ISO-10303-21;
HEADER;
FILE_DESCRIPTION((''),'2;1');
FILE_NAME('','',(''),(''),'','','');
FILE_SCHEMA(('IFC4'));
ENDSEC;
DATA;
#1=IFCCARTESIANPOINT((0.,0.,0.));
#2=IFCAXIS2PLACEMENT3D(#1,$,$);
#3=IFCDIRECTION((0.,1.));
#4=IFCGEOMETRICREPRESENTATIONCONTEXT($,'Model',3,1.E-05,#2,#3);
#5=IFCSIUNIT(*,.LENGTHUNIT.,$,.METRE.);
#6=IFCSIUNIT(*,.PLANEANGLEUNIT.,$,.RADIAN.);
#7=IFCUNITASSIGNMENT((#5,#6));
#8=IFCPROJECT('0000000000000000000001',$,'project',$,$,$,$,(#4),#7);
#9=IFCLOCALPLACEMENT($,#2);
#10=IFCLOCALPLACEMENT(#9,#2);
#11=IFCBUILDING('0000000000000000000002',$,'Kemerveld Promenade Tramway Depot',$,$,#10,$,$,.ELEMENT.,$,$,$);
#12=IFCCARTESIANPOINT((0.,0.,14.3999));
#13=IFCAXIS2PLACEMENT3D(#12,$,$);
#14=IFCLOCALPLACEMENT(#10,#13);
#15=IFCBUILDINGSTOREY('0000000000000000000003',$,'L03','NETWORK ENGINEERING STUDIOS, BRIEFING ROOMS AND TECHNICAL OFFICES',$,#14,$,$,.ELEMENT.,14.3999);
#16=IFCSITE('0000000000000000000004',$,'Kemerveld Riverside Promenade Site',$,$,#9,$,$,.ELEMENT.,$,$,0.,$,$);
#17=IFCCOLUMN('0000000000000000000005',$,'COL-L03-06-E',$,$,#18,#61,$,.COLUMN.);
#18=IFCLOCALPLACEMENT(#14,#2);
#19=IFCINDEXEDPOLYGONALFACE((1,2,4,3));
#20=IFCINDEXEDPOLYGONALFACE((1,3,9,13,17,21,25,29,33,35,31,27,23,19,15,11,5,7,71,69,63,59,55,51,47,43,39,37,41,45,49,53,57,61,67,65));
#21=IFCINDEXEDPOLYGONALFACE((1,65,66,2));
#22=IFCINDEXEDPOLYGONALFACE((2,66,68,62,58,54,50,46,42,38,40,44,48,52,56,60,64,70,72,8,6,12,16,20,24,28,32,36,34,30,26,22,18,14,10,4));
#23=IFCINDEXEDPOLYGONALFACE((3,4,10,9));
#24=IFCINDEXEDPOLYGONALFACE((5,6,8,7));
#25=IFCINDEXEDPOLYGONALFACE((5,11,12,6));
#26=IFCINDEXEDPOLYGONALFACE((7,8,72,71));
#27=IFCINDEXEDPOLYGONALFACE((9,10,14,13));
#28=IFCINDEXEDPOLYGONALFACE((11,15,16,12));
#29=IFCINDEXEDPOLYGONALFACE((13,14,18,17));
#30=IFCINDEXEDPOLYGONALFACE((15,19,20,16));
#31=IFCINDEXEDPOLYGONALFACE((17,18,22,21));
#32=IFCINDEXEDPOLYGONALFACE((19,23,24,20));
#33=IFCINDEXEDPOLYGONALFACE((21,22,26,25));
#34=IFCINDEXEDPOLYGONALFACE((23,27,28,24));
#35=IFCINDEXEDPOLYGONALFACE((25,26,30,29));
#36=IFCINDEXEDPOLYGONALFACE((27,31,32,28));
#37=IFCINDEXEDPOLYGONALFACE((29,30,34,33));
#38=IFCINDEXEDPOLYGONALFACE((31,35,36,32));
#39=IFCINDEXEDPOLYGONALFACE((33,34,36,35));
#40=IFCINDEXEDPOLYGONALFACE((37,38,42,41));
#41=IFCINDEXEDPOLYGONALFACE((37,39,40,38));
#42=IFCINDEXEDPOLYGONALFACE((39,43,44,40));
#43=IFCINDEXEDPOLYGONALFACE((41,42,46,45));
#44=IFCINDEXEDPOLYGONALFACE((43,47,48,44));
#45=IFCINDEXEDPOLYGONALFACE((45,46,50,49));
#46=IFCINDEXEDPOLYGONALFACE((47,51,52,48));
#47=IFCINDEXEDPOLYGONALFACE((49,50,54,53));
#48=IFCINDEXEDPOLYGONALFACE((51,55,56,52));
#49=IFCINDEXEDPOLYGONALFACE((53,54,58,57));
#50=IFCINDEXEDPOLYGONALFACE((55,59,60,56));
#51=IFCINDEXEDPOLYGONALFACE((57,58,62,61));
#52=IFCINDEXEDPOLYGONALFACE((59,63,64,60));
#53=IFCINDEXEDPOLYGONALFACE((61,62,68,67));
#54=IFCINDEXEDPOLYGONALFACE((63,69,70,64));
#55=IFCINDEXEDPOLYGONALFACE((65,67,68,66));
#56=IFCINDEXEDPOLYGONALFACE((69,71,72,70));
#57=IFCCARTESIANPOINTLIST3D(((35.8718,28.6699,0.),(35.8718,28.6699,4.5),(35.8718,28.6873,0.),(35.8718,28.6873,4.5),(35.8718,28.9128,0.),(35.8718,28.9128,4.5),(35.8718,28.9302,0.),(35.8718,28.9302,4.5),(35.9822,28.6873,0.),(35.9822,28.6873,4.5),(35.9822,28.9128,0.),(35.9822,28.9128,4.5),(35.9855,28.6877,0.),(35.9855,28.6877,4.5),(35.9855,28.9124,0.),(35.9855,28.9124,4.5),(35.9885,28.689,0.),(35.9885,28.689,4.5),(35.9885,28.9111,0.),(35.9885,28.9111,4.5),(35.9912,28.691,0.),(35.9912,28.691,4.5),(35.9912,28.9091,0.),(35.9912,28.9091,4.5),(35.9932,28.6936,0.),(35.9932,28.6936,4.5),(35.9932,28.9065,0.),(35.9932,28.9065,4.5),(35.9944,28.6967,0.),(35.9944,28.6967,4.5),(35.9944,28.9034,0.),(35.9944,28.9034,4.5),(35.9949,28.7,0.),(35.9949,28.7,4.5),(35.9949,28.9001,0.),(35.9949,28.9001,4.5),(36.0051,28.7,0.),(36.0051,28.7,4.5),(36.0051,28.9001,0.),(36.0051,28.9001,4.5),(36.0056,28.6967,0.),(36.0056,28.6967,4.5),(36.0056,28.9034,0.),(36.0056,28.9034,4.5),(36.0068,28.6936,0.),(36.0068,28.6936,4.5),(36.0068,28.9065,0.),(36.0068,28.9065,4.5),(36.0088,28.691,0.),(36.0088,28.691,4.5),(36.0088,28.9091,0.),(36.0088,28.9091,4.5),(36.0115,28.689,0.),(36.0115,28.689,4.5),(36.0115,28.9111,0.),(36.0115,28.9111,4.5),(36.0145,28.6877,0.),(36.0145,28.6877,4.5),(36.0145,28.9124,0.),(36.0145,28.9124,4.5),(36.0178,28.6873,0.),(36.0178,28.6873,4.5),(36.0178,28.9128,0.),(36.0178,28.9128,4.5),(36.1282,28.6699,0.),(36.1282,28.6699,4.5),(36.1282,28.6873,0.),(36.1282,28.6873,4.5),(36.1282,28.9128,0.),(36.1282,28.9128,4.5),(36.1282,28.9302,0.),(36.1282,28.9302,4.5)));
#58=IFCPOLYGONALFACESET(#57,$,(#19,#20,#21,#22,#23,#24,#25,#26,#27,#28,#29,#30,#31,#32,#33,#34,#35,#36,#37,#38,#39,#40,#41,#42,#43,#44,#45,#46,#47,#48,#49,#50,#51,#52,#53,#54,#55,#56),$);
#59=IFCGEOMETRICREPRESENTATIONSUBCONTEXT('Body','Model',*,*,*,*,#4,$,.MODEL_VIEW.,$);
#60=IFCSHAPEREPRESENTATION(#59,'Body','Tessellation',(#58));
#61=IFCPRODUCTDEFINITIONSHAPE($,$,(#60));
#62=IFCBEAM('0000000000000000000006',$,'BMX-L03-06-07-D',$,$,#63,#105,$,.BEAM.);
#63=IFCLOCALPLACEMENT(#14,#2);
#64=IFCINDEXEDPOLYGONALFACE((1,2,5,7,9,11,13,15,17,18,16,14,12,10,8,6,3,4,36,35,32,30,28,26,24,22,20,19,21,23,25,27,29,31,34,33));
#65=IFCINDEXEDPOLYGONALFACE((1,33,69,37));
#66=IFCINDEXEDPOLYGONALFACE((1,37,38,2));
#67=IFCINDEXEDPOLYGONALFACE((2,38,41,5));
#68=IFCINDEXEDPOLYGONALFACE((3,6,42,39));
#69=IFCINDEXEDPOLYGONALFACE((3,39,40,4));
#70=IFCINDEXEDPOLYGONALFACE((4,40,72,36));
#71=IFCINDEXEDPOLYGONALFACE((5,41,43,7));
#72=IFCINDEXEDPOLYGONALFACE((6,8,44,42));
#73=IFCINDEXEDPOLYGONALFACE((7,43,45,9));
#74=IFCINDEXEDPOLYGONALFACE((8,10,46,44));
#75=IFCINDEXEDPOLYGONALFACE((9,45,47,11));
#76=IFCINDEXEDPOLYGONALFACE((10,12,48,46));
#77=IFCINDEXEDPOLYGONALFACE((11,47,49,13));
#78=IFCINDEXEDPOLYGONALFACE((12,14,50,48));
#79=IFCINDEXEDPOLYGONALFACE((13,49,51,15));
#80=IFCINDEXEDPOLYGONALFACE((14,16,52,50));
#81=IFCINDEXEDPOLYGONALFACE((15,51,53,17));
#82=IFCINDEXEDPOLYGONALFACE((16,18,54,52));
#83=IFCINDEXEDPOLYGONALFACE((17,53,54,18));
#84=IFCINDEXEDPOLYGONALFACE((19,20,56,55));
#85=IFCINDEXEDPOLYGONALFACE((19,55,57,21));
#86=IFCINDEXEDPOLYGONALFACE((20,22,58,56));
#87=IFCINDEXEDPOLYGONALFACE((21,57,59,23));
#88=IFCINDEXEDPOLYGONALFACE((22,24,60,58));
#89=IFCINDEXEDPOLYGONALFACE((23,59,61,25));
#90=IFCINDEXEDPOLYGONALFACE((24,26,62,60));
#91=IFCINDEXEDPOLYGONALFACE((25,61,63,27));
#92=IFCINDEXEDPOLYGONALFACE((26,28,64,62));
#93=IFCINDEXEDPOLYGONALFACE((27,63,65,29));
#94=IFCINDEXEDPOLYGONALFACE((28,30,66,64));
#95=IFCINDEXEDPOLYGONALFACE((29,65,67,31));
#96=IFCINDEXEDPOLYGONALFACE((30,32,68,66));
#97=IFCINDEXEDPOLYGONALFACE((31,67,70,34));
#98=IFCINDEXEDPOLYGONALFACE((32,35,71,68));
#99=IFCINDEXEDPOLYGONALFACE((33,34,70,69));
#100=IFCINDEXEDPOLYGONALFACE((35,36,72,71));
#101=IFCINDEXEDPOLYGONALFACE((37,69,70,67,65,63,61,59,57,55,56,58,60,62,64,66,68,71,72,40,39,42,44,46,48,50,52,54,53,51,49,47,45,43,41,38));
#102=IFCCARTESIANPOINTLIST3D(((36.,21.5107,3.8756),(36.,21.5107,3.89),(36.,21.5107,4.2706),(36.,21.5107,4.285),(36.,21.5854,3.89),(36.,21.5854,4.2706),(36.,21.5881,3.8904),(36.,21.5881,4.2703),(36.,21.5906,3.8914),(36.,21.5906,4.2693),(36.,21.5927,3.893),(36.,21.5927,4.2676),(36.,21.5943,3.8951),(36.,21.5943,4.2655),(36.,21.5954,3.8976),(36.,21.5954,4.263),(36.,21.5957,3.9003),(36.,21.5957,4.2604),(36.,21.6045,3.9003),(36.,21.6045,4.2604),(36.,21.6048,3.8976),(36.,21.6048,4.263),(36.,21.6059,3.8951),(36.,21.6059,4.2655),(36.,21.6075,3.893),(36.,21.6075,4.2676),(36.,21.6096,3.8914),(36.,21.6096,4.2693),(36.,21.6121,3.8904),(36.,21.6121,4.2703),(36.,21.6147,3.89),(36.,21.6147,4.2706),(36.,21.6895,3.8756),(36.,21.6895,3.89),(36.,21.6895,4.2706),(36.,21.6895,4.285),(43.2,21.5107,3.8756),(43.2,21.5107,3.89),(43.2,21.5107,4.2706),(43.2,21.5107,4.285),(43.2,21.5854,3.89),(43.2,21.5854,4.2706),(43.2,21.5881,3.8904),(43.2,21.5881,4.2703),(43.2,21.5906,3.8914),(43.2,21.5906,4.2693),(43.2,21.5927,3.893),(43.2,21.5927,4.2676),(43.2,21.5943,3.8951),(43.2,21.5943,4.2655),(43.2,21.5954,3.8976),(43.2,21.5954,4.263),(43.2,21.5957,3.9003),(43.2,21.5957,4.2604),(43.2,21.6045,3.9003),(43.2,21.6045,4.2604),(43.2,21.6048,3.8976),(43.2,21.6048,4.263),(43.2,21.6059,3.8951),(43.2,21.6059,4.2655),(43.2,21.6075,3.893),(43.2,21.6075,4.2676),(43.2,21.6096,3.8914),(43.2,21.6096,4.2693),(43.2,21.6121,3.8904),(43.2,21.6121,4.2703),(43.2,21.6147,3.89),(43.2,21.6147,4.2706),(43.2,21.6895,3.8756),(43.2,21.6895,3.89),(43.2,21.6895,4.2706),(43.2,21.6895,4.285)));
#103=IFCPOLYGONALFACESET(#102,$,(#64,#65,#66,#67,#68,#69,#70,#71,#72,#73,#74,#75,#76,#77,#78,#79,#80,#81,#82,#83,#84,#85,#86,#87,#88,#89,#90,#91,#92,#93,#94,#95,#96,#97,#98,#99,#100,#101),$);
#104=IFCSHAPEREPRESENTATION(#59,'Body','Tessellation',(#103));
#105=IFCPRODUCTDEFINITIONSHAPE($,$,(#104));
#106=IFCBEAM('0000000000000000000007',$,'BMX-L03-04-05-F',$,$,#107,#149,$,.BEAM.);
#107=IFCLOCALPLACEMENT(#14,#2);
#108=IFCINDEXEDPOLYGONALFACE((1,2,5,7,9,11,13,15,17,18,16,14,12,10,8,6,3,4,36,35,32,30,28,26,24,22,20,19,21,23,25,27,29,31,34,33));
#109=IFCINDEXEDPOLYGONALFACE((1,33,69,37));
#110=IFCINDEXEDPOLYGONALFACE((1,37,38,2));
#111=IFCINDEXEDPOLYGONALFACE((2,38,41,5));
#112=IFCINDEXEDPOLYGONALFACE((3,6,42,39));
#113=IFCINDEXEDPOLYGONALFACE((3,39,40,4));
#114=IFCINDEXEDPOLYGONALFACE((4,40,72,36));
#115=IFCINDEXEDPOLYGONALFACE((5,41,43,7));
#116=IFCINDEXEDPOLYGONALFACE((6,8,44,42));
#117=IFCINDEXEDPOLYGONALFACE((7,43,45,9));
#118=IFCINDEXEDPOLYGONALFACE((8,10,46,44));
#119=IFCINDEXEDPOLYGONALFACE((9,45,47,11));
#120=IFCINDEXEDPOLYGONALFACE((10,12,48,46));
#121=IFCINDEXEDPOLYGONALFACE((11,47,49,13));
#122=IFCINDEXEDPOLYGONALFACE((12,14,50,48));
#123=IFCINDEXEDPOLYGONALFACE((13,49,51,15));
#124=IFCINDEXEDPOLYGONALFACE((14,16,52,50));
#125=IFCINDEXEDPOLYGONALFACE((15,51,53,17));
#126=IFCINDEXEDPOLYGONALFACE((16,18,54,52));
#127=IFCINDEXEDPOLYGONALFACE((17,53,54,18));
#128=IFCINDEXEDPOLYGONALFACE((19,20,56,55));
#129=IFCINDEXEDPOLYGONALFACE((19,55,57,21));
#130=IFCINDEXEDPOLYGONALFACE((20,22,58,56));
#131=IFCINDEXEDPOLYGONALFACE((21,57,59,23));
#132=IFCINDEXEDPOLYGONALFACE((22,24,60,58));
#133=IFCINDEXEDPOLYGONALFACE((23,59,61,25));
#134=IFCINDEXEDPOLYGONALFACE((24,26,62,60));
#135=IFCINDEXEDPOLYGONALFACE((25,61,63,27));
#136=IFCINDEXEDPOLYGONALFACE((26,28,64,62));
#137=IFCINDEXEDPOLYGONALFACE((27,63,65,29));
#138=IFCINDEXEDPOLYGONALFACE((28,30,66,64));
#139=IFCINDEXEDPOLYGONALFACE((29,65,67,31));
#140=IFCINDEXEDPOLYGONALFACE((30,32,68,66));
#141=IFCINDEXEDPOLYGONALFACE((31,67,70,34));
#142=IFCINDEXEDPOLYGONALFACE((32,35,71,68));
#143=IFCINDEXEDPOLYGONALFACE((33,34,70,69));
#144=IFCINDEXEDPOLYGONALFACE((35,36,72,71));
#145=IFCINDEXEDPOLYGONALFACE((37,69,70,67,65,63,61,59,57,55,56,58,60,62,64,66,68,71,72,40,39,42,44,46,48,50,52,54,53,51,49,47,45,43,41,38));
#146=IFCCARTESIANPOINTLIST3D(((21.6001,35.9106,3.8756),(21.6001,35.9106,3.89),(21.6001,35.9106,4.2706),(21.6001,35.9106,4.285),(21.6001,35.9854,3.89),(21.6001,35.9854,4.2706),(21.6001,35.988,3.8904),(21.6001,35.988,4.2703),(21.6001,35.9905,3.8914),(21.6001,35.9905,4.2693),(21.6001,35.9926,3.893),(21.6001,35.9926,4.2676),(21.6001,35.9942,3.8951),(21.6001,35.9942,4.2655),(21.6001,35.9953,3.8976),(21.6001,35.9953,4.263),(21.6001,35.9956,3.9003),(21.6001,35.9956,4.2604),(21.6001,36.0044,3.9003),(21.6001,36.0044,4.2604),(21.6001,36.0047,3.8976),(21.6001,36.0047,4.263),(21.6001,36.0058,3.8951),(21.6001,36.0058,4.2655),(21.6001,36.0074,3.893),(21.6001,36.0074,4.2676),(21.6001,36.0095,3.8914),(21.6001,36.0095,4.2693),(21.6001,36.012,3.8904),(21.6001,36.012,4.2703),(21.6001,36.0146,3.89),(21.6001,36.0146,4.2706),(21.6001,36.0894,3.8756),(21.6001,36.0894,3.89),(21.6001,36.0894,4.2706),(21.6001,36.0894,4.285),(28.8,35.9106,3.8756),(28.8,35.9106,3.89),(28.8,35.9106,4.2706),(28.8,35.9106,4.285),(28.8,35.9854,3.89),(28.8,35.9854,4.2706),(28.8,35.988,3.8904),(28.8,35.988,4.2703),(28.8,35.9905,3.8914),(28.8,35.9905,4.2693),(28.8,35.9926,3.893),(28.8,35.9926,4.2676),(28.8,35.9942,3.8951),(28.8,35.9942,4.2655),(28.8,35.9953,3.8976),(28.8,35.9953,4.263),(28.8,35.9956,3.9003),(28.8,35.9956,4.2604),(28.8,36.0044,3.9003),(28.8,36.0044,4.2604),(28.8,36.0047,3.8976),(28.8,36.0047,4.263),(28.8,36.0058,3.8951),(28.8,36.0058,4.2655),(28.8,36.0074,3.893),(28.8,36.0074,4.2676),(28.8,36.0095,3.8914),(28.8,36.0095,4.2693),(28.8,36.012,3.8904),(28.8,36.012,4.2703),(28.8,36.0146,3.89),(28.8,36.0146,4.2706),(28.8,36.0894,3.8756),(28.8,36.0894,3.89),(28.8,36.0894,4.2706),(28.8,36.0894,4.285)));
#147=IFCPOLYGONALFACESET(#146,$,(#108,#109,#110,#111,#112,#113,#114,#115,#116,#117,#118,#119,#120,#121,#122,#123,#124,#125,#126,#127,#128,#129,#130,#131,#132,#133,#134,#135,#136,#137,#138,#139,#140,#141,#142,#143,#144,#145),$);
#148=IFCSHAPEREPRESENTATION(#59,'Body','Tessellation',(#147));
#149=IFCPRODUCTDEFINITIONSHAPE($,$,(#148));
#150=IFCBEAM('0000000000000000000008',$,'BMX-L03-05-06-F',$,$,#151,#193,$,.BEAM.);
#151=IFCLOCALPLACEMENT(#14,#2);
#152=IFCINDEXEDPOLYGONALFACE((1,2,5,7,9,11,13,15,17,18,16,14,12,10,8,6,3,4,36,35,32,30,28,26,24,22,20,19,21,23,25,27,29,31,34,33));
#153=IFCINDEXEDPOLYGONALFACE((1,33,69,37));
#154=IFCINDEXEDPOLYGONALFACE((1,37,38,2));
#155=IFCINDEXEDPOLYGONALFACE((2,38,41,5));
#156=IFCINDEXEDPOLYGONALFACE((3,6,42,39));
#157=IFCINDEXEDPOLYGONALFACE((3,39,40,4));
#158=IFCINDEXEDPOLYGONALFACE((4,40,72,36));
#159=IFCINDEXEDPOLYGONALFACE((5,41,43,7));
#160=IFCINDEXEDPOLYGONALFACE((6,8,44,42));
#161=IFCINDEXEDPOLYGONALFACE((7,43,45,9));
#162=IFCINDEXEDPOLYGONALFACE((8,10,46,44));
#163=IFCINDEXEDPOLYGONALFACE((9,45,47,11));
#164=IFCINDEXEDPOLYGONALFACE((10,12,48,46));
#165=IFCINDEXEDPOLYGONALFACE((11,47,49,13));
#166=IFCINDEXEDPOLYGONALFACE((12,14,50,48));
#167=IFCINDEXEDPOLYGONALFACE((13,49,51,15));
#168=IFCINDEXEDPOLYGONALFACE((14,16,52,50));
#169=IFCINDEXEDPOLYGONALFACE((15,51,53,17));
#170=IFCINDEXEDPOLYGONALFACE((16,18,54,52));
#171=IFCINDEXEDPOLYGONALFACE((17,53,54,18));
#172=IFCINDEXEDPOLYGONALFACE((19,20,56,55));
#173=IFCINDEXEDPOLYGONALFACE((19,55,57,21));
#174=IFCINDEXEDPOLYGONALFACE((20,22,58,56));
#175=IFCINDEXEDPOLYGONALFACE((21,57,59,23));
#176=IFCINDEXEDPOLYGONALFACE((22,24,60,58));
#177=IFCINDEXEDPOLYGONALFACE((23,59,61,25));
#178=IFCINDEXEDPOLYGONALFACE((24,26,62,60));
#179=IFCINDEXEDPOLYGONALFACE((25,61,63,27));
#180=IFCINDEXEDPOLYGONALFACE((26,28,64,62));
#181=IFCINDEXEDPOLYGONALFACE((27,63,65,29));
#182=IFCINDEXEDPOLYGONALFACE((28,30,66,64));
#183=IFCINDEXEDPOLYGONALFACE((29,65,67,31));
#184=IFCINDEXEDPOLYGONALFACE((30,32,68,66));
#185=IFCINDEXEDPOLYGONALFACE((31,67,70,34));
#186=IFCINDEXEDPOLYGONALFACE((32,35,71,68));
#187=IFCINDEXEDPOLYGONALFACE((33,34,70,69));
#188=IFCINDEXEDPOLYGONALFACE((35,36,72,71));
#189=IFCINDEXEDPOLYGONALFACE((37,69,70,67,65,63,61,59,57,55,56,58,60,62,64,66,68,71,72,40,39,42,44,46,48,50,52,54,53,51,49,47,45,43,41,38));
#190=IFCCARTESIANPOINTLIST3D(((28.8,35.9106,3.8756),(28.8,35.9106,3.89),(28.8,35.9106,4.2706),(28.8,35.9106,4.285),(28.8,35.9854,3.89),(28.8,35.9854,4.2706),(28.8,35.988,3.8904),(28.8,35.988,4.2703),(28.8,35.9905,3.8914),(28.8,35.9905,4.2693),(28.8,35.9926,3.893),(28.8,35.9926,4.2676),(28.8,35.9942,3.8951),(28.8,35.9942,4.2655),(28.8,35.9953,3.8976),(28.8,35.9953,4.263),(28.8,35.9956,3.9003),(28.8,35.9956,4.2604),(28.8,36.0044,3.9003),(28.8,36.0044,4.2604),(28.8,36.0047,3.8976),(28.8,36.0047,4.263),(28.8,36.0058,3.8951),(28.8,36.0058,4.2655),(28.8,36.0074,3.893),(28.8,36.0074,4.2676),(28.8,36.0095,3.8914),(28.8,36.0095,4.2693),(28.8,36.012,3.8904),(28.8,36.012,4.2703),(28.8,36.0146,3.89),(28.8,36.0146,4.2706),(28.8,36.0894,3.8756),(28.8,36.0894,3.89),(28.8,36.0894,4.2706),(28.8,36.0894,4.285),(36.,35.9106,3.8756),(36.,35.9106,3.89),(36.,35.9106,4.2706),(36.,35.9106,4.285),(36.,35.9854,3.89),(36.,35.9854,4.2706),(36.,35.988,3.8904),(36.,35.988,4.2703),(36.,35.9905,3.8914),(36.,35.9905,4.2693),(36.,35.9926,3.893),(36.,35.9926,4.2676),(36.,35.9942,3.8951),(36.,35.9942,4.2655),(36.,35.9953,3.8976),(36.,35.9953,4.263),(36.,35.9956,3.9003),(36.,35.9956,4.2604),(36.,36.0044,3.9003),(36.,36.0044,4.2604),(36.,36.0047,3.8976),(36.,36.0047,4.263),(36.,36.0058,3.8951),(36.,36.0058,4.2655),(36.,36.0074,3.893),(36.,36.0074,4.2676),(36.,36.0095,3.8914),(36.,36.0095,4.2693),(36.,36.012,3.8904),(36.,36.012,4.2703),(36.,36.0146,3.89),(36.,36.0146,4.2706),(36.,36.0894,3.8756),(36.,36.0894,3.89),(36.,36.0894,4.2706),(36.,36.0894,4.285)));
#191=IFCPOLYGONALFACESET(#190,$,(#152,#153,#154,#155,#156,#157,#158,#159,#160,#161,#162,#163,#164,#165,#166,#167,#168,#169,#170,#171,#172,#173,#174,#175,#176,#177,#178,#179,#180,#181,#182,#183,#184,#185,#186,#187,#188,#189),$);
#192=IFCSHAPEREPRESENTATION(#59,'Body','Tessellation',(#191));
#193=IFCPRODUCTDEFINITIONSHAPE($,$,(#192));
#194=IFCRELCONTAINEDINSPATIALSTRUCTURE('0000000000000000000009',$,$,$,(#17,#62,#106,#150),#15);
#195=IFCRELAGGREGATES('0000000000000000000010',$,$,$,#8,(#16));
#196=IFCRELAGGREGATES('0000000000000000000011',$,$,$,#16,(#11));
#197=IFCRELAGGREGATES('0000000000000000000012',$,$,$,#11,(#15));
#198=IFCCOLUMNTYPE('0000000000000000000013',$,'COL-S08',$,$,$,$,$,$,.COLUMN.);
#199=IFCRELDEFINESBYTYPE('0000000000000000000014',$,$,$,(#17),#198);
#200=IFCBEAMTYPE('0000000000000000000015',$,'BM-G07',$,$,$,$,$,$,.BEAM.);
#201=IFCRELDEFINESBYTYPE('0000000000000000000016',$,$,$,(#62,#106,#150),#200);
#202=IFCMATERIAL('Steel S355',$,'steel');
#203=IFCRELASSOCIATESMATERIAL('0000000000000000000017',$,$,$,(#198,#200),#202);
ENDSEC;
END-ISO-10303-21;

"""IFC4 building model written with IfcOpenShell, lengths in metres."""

from ifc_helpers import new_model, si_unit, direction, frame, origin, origin_2d, place, context, subcontext, project, spatial, i_section, extrude, material, material_profile, profile_set, type_object, element, save


model = new_model("IFC4")

# Units and contexts
model_context = context("Model", 3, precision=1e-05, world=origin(), true_north=direction((0.0, 1.0)))
body_context = subcontext(model_context, "Body", "Model", "MODEL_VIEW")
ifc_project = project(units=[si_unit("LENGTHUNIT", "METRE"), si_unit("PLANEANGLEUNIT", "RADIAN")], contexts=[model_context])

# Site, building, storey
site_placement = place(None, origin())
site = spatial("IfcSite", under=ifc_project, at=site_placement, Name="Kemerveld Riverside Promenade Site", CompositionType="ELEMENT", RefElevation=0.0)
building_placement = place(site_placement, origin())
building = spatial("IfcBuilding", under=site, at=building_placement, Name="Kemerveld Promenade Tramway Depot", CompositionType="ELEMENT")
storey_placement = place(building_placement, frame((0.0, 0.0, 14.3999)))
storey = spatial("IfcBuildingStorey", under=building, at=storey_placement, Name="L03", Description="NETWORK ENGINEERING STUDIOS, BRIEFING ROOMS AND TECHNICAL OFFICES", CompositionType="ELEMENT", Elevation=14.3999)

# Column
ifc_material = material(Name="Steel S355", Category="steel")
ifc_material_profile_1 = material_profile(ifc_material, i_section(OverallWidth=0.2563, OverallDepth=0.2603, WebThickness=0.0103, FlangeThickness=0.0173, FilletRadius=0.0127, at=origin_2d()), Name="254x254x89 UC")
ifc_profile_set_1 = profile_set([ifc_material_profile_1], Name="Steel S355")
column_type = type_object("IfcColumnType", Name="COL-S08", PredefinedType="COLUMN", material=ifc_profile_set_1)
for number, where, z_axis, x_axis, name in (
    (1, (36.0, 28.8, 0.0), (0.0, 0.0, 1.0), (1.0, 0.0, 0.0), "COL-L03-06-E"),
):
    element("IfcColumn", number, at=place(storey_placement, frame(where, z_axis=z_axis, x_axis=x_axis)), inside=storey, type_object=column_type, Name=name, PredefinedType="COLUMN", context=body_context, shape_type="SweptSolid", body=[
        extrude(i_section(OverallWidth=0.2563, OverallDepth=0.2603, WebThickness=0.0103, FlangeThickness=0.0173, FilletRadius=0.0127, at=origin_2d()), origin(), (0.0, 0.0, 1.0), 4.5),
    ])

# Beams
ifc_material_profile_2 = material_profile(ifc_material, i_section(OverallWidth=0.1787, OverallDepth=0.4094, WebThickness=0.0088, FlangeThickness=0.0144, FilletRadius=0.0103, at=origin_2d()), Name="406x178x67 UB")
ifc_profile_set_2 = profile_set([ifc_material_profile_2], Name="Steel S355")
beam_type_1 = type_object("IfcBeamType", Name="BM-G07", PredefinedType="BEAM", material=ifc_profile_set_2)
for number, where, z_axis, x_axis, name in (
    (2, (36.0, 21.6001, 4.0803), (1.0, 0.0, 0.0), (0.0, 1.0, 0.0), "BMX-L03-06-07-D"),
    (3, (21.6001, 36.0, 4.0803), (1.0, 0.0, 0.0), (0.0, 1.0, 0.0), "BMX-L03-04-05-F"),
    (4, (28.8, 36.0, 4.0803), (1.0, 0.0, 0.0), (0.0, 1.0, 0.0), "BMX-L03-05-06-F"),
):
    element("IfcBeam", number, at=place(storey_placement, frame(where, z_axis=z_axis, x_axis=x_axis)), inside=storey, type_object=beam_type_1, Name=name, PredefinedType="BEAM", context=body_context, shape_type="SweptSolid", body=[
        extrude(i_section(OverallWidth=0.1787, OverallDepth=0.4094, WebThickness=0.0088, FlangeThickness=0.0144, FilletRadius=0.0103, at=origin_2d()), origin(), (0.0, 0.0, 1.0), 7.2),
    ])

save(model, "model.ifc")
